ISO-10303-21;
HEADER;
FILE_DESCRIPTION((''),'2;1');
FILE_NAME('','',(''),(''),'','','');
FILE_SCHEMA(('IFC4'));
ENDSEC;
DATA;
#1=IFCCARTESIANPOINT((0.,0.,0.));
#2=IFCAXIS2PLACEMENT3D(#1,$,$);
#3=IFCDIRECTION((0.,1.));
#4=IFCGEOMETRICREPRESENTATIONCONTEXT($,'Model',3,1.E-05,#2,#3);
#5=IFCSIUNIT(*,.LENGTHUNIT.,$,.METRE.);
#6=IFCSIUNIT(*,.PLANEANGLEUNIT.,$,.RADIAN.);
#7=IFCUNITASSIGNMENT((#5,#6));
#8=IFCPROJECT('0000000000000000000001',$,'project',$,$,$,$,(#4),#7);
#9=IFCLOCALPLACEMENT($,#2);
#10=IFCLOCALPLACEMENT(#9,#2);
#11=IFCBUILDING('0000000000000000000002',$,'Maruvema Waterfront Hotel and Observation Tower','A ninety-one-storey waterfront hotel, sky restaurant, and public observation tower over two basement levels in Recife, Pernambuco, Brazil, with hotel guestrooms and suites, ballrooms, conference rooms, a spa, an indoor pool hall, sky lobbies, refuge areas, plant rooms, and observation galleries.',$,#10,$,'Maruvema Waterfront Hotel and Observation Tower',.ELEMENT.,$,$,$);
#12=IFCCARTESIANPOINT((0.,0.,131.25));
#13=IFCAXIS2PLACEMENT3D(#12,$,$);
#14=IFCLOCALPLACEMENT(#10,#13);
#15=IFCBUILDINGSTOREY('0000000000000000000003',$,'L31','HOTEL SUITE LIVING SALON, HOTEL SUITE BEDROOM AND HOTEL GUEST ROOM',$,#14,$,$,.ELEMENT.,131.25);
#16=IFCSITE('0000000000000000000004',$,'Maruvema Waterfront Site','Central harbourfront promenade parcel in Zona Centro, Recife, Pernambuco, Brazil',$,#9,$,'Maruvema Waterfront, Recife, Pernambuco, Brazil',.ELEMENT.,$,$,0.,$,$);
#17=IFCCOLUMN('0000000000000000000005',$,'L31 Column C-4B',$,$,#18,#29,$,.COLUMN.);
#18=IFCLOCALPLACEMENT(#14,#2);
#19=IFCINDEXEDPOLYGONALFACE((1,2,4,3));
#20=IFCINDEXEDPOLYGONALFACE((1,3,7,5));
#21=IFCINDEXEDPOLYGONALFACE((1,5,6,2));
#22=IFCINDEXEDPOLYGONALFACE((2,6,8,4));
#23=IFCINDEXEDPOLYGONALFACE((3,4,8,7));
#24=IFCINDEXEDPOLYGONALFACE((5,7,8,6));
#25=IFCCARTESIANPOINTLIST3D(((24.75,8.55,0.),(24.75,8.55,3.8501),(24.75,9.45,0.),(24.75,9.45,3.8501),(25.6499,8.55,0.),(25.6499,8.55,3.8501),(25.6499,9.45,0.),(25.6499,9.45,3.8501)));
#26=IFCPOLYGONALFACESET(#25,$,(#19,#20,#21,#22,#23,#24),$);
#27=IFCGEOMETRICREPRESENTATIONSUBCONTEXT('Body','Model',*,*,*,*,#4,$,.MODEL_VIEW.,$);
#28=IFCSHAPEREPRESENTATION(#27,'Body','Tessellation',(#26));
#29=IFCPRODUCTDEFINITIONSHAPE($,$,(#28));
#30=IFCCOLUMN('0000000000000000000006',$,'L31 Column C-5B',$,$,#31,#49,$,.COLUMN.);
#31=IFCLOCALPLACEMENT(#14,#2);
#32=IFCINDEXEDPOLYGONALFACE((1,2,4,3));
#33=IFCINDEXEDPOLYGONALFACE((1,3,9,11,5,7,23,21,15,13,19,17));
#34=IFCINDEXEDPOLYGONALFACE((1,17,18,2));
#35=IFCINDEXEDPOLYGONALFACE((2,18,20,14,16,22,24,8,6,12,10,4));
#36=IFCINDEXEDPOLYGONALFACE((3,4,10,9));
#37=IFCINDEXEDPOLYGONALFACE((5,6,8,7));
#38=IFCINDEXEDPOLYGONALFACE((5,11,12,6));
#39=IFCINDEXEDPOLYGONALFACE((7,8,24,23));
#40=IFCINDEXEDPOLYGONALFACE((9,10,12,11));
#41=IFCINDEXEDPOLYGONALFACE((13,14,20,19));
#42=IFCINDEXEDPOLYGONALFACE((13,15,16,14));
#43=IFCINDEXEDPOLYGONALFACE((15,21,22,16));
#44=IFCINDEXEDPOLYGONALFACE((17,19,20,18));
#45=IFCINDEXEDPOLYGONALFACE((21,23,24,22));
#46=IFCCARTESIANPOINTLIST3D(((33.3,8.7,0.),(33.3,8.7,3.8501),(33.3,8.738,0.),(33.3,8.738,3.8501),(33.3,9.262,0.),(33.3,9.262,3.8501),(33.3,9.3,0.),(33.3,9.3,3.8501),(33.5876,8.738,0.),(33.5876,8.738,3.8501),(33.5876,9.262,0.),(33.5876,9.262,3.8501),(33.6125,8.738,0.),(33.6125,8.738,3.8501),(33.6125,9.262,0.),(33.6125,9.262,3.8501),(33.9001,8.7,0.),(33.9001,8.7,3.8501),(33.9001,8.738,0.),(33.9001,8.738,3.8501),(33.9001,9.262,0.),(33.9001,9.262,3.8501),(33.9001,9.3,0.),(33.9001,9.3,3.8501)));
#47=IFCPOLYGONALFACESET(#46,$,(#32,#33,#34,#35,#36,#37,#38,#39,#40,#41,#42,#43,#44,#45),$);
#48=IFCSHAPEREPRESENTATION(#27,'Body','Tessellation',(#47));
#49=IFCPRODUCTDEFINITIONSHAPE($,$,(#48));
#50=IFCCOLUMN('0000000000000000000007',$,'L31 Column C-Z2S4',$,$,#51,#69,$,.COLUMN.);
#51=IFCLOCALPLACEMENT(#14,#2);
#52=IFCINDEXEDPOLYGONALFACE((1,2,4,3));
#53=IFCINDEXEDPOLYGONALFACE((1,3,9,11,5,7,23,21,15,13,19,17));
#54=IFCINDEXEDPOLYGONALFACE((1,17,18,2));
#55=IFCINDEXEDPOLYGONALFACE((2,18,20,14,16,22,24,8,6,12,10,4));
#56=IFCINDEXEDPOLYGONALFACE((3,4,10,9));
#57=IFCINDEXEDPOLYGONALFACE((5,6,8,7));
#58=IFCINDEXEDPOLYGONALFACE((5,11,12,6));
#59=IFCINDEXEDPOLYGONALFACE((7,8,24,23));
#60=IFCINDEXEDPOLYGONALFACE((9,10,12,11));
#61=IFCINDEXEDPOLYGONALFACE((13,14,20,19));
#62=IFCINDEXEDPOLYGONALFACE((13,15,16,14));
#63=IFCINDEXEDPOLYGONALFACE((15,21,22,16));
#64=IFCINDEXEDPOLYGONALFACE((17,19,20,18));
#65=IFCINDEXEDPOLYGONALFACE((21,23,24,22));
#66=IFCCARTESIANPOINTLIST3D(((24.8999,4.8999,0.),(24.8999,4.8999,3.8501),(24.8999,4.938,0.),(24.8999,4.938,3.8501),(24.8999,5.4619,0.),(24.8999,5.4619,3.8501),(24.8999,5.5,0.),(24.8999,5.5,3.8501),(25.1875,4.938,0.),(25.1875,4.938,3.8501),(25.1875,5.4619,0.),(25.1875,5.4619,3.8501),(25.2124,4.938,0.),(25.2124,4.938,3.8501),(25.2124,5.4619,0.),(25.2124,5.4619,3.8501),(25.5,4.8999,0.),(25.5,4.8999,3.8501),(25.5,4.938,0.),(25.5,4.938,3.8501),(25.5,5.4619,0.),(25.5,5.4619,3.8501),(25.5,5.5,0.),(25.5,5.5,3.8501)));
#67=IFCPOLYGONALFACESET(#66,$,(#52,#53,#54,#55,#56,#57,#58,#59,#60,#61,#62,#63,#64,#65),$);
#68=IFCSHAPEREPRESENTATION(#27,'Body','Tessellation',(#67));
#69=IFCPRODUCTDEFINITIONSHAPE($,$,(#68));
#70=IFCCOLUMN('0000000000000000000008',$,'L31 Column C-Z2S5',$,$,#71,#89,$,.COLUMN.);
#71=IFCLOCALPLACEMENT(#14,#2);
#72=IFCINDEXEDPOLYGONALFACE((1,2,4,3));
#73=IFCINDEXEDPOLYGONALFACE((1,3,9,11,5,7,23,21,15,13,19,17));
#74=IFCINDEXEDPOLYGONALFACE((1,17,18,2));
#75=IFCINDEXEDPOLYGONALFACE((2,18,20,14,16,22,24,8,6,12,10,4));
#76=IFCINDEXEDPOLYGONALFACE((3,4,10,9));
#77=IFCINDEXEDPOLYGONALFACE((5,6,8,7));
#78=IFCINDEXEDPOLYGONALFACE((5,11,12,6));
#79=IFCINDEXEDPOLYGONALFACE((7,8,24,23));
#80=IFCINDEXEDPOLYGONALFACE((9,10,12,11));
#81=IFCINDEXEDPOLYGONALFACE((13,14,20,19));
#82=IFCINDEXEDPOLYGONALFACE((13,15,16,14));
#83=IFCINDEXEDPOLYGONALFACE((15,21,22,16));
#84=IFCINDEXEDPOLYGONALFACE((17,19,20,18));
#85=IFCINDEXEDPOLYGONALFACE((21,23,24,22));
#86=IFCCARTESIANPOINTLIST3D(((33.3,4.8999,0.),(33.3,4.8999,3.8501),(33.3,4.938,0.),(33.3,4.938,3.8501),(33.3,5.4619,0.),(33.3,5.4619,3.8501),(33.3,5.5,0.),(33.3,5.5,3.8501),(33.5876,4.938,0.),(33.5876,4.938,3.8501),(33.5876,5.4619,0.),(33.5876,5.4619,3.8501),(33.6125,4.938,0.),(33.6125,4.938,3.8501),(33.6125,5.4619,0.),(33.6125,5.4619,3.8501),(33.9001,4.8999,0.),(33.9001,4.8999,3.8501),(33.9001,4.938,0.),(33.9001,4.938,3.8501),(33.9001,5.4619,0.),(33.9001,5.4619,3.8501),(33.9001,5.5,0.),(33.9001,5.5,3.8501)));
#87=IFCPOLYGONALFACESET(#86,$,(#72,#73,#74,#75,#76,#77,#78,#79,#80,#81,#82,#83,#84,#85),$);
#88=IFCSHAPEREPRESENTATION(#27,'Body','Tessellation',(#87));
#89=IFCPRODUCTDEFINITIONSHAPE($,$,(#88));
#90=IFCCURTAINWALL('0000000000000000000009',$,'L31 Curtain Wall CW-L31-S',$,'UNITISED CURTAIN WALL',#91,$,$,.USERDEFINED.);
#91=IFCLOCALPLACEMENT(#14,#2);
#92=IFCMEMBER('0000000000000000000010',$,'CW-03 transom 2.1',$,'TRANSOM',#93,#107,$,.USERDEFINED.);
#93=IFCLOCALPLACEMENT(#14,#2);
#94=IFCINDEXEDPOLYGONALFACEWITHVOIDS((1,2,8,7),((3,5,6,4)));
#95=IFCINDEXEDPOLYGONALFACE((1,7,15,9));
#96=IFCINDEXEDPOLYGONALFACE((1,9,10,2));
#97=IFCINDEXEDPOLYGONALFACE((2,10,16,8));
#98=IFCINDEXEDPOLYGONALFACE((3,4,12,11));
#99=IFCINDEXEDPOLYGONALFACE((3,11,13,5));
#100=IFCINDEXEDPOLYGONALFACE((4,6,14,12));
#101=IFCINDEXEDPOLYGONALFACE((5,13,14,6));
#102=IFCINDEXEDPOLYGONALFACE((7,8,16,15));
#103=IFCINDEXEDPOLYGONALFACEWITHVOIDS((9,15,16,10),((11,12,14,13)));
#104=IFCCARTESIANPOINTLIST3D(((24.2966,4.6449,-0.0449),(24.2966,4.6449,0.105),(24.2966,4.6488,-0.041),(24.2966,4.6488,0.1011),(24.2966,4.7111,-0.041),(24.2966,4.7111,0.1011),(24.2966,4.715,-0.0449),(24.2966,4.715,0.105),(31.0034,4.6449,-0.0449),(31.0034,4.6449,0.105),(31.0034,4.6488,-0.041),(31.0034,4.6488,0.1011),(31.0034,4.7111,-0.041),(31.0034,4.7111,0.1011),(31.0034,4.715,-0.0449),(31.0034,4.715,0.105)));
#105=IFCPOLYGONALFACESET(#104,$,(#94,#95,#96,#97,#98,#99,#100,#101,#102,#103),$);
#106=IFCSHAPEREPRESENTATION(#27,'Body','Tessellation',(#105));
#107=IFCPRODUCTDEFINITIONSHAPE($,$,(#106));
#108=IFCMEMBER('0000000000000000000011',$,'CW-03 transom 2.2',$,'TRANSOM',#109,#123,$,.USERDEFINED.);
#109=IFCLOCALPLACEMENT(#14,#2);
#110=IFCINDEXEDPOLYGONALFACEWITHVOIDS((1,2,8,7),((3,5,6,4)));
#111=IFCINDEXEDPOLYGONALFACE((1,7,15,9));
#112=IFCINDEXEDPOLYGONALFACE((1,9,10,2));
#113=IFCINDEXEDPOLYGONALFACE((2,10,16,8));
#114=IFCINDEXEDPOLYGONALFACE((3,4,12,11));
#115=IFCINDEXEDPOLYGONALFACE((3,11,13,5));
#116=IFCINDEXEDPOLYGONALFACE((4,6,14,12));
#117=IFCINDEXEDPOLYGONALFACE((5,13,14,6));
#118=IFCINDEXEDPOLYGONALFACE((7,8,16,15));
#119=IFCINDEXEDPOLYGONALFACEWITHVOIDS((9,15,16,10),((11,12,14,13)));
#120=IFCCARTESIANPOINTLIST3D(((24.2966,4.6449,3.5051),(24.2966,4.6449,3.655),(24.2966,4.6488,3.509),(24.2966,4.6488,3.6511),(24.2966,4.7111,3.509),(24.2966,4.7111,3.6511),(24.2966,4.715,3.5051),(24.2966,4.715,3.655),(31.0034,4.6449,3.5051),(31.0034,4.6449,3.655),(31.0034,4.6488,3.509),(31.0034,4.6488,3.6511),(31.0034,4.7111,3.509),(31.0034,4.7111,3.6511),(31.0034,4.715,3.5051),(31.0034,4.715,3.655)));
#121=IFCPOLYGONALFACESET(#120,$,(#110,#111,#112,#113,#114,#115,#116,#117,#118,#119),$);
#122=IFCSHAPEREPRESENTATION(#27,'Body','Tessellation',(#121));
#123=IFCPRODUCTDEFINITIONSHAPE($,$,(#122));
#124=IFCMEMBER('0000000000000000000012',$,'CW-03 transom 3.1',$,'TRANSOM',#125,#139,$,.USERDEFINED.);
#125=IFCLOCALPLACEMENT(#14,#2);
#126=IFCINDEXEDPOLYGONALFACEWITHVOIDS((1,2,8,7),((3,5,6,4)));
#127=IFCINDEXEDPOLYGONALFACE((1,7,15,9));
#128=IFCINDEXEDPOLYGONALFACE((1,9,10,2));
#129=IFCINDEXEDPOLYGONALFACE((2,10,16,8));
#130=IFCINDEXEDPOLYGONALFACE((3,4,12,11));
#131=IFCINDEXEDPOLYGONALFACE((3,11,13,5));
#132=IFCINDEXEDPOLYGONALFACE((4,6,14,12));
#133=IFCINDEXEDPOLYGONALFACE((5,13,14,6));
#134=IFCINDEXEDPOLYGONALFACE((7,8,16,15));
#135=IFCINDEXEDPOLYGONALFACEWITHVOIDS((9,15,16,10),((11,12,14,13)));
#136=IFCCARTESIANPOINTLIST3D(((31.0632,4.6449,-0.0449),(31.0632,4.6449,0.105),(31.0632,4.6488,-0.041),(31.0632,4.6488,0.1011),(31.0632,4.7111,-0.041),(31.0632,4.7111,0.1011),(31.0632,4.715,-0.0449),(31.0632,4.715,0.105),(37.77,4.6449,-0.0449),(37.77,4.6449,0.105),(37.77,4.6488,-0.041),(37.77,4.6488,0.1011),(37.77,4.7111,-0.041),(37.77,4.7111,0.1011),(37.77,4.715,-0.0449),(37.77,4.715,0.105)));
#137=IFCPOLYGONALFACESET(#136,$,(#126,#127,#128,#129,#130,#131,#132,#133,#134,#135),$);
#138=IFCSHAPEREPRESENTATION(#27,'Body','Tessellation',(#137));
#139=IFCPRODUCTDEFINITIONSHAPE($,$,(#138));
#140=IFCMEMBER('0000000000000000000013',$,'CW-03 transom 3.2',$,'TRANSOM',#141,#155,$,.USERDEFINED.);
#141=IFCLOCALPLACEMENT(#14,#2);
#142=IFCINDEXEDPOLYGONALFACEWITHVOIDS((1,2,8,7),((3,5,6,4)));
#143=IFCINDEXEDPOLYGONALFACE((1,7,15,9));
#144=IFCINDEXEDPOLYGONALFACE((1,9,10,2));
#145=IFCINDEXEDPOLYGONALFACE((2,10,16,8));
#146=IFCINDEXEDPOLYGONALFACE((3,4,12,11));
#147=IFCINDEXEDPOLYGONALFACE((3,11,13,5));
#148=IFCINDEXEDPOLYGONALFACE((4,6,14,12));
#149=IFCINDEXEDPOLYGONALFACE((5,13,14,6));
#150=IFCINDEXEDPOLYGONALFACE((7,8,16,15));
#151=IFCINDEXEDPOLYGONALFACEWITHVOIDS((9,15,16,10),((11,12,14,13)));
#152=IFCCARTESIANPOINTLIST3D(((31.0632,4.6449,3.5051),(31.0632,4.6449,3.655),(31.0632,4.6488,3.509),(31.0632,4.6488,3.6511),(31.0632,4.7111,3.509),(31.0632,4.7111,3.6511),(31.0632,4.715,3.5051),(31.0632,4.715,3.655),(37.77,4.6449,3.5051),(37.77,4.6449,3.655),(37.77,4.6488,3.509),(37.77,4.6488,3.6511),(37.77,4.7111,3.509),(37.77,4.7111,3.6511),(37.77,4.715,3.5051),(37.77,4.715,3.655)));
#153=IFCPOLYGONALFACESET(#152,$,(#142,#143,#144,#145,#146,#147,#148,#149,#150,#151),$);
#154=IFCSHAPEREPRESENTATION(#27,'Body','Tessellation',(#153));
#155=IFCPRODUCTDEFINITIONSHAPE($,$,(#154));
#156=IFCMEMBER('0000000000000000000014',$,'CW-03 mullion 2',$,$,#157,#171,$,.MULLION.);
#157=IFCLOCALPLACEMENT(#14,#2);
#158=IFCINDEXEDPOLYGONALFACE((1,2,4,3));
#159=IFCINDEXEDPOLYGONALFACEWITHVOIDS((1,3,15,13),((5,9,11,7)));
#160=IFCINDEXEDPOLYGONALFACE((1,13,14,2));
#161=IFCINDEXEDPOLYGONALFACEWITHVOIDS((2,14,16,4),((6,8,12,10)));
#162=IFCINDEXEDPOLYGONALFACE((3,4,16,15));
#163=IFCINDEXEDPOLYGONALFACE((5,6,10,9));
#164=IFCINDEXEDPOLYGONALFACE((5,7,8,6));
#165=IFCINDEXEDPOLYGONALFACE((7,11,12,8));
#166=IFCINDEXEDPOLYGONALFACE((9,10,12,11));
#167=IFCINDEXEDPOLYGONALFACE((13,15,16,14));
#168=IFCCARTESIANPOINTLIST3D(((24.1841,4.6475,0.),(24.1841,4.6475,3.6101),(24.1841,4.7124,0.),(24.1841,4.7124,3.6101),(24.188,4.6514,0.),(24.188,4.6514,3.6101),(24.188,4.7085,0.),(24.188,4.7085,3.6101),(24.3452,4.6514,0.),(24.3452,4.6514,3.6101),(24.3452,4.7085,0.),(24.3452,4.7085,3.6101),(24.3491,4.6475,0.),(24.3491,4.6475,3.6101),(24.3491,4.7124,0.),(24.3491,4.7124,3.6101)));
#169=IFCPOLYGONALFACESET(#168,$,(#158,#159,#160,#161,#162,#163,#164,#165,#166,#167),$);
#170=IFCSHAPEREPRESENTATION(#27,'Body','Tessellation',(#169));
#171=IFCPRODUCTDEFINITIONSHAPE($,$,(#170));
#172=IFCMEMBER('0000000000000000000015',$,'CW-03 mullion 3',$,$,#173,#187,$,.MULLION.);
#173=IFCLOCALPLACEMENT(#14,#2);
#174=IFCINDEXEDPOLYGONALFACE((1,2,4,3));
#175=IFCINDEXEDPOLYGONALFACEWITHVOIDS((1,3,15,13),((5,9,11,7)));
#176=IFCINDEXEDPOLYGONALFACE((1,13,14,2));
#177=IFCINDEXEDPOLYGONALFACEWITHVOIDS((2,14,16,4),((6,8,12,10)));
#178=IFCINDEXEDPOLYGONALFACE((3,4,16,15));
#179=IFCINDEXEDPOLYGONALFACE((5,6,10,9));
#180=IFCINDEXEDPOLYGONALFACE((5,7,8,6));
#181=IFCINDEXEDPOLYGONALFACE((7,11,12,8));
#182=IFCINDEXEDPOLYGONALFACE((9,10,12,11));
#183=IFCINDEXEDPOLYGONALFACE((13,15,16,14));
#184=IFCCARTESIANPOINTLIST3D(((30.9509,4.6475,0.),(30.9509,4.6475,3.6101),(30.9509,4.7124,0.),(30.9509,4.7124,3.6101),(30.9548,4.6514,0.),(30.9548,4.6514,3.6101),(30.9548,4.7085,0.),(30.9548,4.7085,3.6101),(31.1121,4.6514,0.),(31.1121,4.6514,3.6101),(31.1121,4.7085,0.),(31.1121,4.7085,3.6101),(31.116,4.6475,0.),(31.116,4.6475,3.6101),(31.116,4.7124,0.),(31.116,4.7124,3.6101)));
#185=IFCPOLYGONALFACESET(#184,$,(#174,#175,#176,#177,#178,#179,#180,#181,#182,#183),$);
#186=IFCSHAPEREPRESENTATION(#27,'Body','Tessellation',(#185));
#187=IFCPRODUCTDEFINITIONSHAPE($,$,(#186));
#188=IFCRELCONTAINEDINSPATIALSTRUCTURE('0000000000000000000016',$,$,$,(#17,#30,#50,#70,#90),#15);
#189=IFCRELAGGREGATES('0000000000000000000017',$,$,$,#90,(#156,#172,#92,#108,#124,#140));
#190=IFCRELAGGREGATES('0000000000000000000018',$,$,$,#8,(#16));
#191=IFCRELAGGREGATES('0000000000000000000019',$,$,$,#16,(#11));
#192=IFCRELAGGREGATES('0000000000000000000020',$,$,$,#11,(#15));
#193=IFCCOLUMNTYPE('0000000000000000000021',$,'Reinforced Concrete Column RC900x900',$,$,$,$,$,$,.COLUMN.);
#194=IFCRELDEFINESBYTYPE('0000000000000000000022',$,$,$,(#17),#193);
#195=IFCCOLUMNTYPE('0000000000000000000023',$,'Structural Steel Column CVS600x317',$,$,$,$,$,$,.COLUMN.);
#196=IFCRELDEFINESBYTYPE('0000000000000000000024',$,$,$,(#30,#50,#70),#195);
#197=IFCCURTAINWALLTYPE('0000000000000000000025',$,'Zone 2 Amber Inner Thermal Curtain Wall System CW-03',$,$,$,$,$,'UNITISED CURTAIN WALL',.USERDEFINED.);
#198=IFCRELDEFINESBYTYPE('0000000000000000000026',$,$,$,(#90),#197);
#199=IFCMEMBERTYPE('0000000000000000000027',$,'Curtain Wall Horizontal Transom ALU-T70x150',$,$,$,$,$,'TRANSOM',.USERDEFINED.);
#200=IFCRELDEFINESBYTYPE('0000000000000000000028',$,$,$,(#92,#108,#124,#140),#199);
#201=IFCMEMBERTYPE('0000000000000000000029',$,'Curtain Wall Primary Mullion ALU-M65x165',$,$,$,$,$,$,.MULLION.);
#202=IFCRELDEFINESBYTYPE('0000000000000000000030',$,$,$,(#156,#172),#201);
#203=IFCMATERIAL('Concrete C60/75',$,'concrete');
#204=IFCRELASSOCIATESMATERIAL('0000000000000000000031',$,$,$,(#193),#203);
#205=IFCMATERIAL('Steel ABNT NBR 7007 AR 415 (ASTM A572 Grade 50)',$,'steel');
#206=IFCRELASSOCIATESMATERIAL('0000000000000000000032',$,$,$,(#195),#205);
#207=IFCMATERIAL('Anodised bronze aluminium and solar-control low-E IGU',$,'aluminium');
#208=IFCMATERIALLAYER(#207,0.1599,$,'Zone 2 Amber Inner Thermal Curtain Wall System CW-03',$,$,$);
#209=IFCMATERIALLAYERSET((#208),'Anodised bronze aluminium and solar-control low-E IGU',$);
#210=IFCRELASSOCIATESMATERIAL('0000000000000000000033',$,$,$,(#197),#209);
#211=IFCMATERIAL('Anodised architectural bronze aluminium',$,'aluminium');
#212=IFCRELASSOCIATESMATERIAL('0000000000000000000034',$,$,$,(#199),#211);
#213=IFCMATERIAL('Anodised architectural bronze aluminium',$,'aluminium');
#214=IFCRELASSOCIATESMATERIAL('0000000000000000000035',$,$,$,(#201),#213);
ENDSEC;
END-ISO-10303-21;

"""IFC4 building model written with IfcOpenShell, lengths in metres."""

from ifc_helpers import new_model, si_unit, direction, frame, origin, origin_2d, place, context, subcontext, project, spatial, rectangle, hollow_rectangle, i_section, extrude, material, layer, layer_set, material_profile, profile_set, type_object, element, aggregate, save


model = new_model("IFC4")

# Units and contexts
model_context = context("Model", 3, precision=1e-05, world=origin(), true_north=direction((0.0, 1.0)))
body_context = subcontext(model_context, "Body", "Model", "MODEL_VIEW")
ifc_project = project(units=[si_unit("LENGTHUNIT", "METRE"), si_unit("PLANEANGLEUNIT", "RADIAN")], contexts=[model_context])

# Site, building, storey
site_placement = place(None, origin())
site = spatial("IfcSite", under=ifc_project, at=site_placement, Name="Maruvema Waterfront Site", Description="Central harbourfront promenade parcel in Zona Centro, Recife, Pernambuco, Brazil", LongName="Maruvema Waterfront, Recife, Pernambuco, Brazil", CompositionType="ELEMENT", RefElevation=0.0)
building_placement = place(site_placement, origin())
building = spatial("IfcBuilding", under=site, at=building_placement, Name="Maruvema Waterfront Hotel and Observation Tower", Description="A ninety-one-storey waterfront hotel, sky restaurant, and public observation tower over two basement levels in Recife, Pernambuco, Brazil, with hotel guestrooms and suites, ballrooms, conference rooms, a spa, an indoor pool hall, sky lobbies, refuge areas, plant rooms, and observation galleries.", LongName="Maruvema Waterfront Hotel and Observation Tower", CompositionType="ELEMENT")
storey_placement = place(building_placement, frame((0.0, 0.0, 131.25)))
storey = spatial("IfcBuildingStorey", under=building, at=storey_placement, Name="L31", Description="HOTEL SUITE LIVING SALON, HOTEL SUITE BEDROOM AND HOTEL GUEST ROOM", CompositionType="ELEMENT", Elevation=131.25)

# Columns
ifc_material_1 = material(Name="Concrete C60/75", Category="concrete")
ifc_material_profile_1 = material_profile(ifc_material_1, rectangle(XDim=0.8999, YDim=0.8999, at=origin_2d()), Name="RC900x900")
ifc_profile_set_1 = profile_set([ifc_material_profile_1], Name="Concrete C60/75")
column_type_1 = type_object("IfcColumnType", Name="Reinforced Concrete Column RC900x900", PredefinedType="COLUMN", material=ifc_profile_set_1)
column_placement = place(storey_placement, frame((25.2, 9.0, 0.0), z_axis=(0.0, 0.0, 1.0), x_axis=(1.0, 0.0, 0.0)))
element("IfcColumn", 1, at=column_placement, inside=storey, type_object=column_type_1, Name="L31 Column C-4B", PredefinedType="COLUMN", context=body_context, shape_type="SweptSolid", body=[
    extrude(rectangle(XDim=0.8999, YDim=0.8999, at=origin_2d()), origin(), (0.0, 0.0, 1.0), 3.8501),
])
ifc_material_2 = material(Name="Steel ABNT NBR 7007 AR 415 (ASTM A572 Grade 50)", Category="steel")
ifc_material_profile_2 = material_profile(ifc_material_2, i_section(OverallWidth=0.6001, OverallDepth=0.6001, WebThickness=0.0249, FlangeThickness=0.0381, at=origin_2d()), Name="CVS600x317")
ifc_profile_set_2 = profile_set([ifc_material_profile_2], Name="Steel ABNT NBR 7007 AR 415 (ASTM A572 Grade 50)")
column_type_2 = type_object("IfcColumnType", Name="Structural Steel Column CVS600x317", PredefinedType="COLUMN", material=ifc_profile_set_2)
for number, where, z_axis, x_axis, name in (
    (2, (33.6001, 9.0, 0.0), (0.0, 0.0, 1.0), (1.0, 0.0, 0.0), "L31 Column C-5B"),
    (3, (25.2, 5.2, 0.0), (0.0, 0.0, 1.0), (1.0, 0.0, 0.0), "L31 Column C-Z2S4"),
    (4, (33.6001, 5.2, 0.0), (0.0, 0.0, 1.0), (1.0, 0.0, 0.0), "L31 Column C-Z2S5"),
):
    element("IfcColumn", number, at=place(storey_placement, frame(where, z_axis=z_axis, x_axis=x_axis)), inside=storey, type_object=column_type_2, Name=name, PredefinedType="COLUMN", context=body_context, shape_type="SweptSolid", body=[
        extrude(i_section(OverallWidth=0.6001, OverallDepth=0.6001, WebThickness=0.0249, FlangeThickness=0.0381, at=origin_2d()), origin(), (0.0, 0.0, 1.0), 3.8501),
    ])

# Curtain wall, members
ifc_material_3 = material(Name="Anodised bronze aluminium and solar-control low-E IGU", Category="aluminium")
ifc_layer_1 = layer(ifc_material_3, 0.1599, Name="Zone 2 Amber Inner Thermal Curtain Wall System CW-03")
ifc_layer_set_1 = layer_set([ifc_layer_1], Name="Anodised bronze aluminium and solar-control low-E IGU")
curtain_wall_type = type_object("IfcCurtainWallType", Name="Zone 2 Amber Inner Thermal Curtain Wall System CW-03", ElementType="UNITISED CURTAIN WALL", PredefinedType="USERDEFINED", material=ifc_layer_set_1)
curtain_wall_placement = place(storey_placement, origin())
curtain_wall = element("IfcCurtainWall", 5, at=curtain_wall_placement, inside=storey, type_object=curtain_wall_type, Name="L31 Curtain Wall CW-L31-S", ObjectType="UNITISED CURTAIN WALL", PredefinedType="USERDEFINED")
ifc_material_4 = material(Name="Anodised architectural bronze aluminium", Category="aluminium")
ifc_material_profile_3 = material_profile(ifc_material_4, hollow_rectangle(XDim=0.0701, YDim=0.1499, WallThickness=0.0039, at=origin_2d()), Name="ALU-T70x150")
ifc_profile_set_3 = profile_set([ifc_material_profile_3], Name="Anodised architectural bronze aluminium")
member_type_1 = type_object("IfcMemberType", Name="Curtain Wall Horizontal Transom ALU-T70x150", ElementType="TRANSOM", PredefinedType="USERDEFINED", material=ifc_profile_set_3)
member_1_placement = place(storey_placement, frame((24.2966, 4.6799, 0.03), z_axis=(1.0, 0.0, 0.0), x_axis=(0.0, 1.0, 0.0)))
member_1 = element("IfcMember", 6, at=member_1_placement, type_object=member_type_1, Name="CW-03 transom 2.1", ObjectType="TRANSOM", PredefinedType="USERDEFINED", context=body_context, shape_type="SweptSolid", body=[
    extrude(hollow_rectangle(XDim=0.0701, YDim=0.1499, WallThickness=0.0039, at=origin_2d()), origin(), (0.0, 0.0, 1.0), 6.7068),
])
member_2_placement = place(storey_placement, frame((24.2966, 4.6799, 3.5801), z_axis=(1.0, 0.0, 0.0), x_axis=(0.0, 1.0, 0.0)))
member_2 = element("IfcMember", 7, at=member_2_placement, type_object=member_type_1, Name="CW-03 transom 2.2", ObjectType="TRANSOM", PredefinedType="USERDEFINED", context=body_context, shape_type="SweptSolid", body=[
    extrude(hollow_rectangle(XDim=0.0701, YDim=0.1499, WallThickness=0.0039, at=origin_2d()), origin(), (0.0, 0.0, 1.0), 6.7068),
])
member_3_placement = place(storey_placement, frame((31.0632, 4.6799, 0.03), z_axis=(1.0, 0.0, 0.0), x_axis=(0.0, 1.0, 0.0)))
member_3 = element("IfcMember", 8, at=member_3_placement, type_object=member_type_1, Name="CW-03 transom 3.1", ObjectType="TRANSOM", PredefinedType="USERDEFINED", context=body_context, shape_type="SweptSolid", body=[
    extrude(hollow_rectangle(XDim=0.0701, YDim=0.1499, WallThickness=0.0039, at=origin_2d()), origin(), (0.0, 0.0, 1.0), 6.7068),
])
member_4_placement = place(storey_placement, frame((31.0632, 4.6799, 3.5801), z_axis=(1.0, 0.0, 0.0), x_axis=(0.0, 1.0, 0.0)))
member_4 = element("IfcMember", 9, at=member_4_placement, type_object=member_type_1, Name="CW-03 transom 3.2", ObjectType="TRANSOM", PredefinedType="USERDEFINED", context=body_context, shape_type="SweptSolid", body=[
    extrude(hollow_rectangle(XDim=0.0701, YDim=0.1499, WallThickness=0.0039, at=origin_2d()), origin(), (0.0, 0.0, 1.0), 6.7068),
])
ifc_material_5 = material(Name="Anodised architectural bronze aluminium", Category="aluminium")
ifc_material_profile_4 = material_profile(ifc_material_5, hollow_rectangle(XDim=0.0649, YDim=0.165, WallThickness=0.0039, at=origin_2d()), Name="ALU-M65x165")
ifc_profile_set_4 = profile_set([ifc_material_profile_4], Name="Anodised architectural bronze aluminium")
member_type_2 = type_object("IfcMemberType", Name="Curtain Wall Primary Mullion ALU-M65x165", PredefinedType="MULLION", material=ifc_profile_set_4)
member_5_placement = place(storey_placement, frame((24.2666, 4.6799, 0.0), z_axis=(0.0, 0.0, 1.0), x_axis=(0.0, 1.0, 0.0)))
member_5 = element("IfcMember", 10, at=member_5_placement, type_object=member_type_2, Name="CW-03 mullion 2", PredefinedType="MULLION", context=body_context, shape_type="SweptSolid", body=[
    extrude(hollow_rectangle(XDim=0.0649, YDim=0.165, WallThickness=0.0039, at=origin_2d()), origin(), (0.0, 0.0, 1.0), 3.6101),
])
member_6_placement = place(storey_placement, frame((31.0334, 4.6799, 0.0), z_axis=(0.0, 0.0, 1.0), x_axis=(0.0, 1.0, 0.0)))
member_6 = element("IfcMember", 11, at=member_6_placement, type_object=member_type_2, Name="CW-03 mullion 3", PredefinedType="MULLION", context=body_context, shape_type="SweptSolid", body=[
    extrude(hollow_rectangle(XDim=0.0649, YDim=0.165, WallThickness=0.0039, at=origin_2d()), origin(), (0.0, 0.0, 1.0), 3.6101),
])

aggregate(curtain_wall, [member_5, member_6, member_1, member_2, member_3, member_4])

save(model, "model.ifc")
